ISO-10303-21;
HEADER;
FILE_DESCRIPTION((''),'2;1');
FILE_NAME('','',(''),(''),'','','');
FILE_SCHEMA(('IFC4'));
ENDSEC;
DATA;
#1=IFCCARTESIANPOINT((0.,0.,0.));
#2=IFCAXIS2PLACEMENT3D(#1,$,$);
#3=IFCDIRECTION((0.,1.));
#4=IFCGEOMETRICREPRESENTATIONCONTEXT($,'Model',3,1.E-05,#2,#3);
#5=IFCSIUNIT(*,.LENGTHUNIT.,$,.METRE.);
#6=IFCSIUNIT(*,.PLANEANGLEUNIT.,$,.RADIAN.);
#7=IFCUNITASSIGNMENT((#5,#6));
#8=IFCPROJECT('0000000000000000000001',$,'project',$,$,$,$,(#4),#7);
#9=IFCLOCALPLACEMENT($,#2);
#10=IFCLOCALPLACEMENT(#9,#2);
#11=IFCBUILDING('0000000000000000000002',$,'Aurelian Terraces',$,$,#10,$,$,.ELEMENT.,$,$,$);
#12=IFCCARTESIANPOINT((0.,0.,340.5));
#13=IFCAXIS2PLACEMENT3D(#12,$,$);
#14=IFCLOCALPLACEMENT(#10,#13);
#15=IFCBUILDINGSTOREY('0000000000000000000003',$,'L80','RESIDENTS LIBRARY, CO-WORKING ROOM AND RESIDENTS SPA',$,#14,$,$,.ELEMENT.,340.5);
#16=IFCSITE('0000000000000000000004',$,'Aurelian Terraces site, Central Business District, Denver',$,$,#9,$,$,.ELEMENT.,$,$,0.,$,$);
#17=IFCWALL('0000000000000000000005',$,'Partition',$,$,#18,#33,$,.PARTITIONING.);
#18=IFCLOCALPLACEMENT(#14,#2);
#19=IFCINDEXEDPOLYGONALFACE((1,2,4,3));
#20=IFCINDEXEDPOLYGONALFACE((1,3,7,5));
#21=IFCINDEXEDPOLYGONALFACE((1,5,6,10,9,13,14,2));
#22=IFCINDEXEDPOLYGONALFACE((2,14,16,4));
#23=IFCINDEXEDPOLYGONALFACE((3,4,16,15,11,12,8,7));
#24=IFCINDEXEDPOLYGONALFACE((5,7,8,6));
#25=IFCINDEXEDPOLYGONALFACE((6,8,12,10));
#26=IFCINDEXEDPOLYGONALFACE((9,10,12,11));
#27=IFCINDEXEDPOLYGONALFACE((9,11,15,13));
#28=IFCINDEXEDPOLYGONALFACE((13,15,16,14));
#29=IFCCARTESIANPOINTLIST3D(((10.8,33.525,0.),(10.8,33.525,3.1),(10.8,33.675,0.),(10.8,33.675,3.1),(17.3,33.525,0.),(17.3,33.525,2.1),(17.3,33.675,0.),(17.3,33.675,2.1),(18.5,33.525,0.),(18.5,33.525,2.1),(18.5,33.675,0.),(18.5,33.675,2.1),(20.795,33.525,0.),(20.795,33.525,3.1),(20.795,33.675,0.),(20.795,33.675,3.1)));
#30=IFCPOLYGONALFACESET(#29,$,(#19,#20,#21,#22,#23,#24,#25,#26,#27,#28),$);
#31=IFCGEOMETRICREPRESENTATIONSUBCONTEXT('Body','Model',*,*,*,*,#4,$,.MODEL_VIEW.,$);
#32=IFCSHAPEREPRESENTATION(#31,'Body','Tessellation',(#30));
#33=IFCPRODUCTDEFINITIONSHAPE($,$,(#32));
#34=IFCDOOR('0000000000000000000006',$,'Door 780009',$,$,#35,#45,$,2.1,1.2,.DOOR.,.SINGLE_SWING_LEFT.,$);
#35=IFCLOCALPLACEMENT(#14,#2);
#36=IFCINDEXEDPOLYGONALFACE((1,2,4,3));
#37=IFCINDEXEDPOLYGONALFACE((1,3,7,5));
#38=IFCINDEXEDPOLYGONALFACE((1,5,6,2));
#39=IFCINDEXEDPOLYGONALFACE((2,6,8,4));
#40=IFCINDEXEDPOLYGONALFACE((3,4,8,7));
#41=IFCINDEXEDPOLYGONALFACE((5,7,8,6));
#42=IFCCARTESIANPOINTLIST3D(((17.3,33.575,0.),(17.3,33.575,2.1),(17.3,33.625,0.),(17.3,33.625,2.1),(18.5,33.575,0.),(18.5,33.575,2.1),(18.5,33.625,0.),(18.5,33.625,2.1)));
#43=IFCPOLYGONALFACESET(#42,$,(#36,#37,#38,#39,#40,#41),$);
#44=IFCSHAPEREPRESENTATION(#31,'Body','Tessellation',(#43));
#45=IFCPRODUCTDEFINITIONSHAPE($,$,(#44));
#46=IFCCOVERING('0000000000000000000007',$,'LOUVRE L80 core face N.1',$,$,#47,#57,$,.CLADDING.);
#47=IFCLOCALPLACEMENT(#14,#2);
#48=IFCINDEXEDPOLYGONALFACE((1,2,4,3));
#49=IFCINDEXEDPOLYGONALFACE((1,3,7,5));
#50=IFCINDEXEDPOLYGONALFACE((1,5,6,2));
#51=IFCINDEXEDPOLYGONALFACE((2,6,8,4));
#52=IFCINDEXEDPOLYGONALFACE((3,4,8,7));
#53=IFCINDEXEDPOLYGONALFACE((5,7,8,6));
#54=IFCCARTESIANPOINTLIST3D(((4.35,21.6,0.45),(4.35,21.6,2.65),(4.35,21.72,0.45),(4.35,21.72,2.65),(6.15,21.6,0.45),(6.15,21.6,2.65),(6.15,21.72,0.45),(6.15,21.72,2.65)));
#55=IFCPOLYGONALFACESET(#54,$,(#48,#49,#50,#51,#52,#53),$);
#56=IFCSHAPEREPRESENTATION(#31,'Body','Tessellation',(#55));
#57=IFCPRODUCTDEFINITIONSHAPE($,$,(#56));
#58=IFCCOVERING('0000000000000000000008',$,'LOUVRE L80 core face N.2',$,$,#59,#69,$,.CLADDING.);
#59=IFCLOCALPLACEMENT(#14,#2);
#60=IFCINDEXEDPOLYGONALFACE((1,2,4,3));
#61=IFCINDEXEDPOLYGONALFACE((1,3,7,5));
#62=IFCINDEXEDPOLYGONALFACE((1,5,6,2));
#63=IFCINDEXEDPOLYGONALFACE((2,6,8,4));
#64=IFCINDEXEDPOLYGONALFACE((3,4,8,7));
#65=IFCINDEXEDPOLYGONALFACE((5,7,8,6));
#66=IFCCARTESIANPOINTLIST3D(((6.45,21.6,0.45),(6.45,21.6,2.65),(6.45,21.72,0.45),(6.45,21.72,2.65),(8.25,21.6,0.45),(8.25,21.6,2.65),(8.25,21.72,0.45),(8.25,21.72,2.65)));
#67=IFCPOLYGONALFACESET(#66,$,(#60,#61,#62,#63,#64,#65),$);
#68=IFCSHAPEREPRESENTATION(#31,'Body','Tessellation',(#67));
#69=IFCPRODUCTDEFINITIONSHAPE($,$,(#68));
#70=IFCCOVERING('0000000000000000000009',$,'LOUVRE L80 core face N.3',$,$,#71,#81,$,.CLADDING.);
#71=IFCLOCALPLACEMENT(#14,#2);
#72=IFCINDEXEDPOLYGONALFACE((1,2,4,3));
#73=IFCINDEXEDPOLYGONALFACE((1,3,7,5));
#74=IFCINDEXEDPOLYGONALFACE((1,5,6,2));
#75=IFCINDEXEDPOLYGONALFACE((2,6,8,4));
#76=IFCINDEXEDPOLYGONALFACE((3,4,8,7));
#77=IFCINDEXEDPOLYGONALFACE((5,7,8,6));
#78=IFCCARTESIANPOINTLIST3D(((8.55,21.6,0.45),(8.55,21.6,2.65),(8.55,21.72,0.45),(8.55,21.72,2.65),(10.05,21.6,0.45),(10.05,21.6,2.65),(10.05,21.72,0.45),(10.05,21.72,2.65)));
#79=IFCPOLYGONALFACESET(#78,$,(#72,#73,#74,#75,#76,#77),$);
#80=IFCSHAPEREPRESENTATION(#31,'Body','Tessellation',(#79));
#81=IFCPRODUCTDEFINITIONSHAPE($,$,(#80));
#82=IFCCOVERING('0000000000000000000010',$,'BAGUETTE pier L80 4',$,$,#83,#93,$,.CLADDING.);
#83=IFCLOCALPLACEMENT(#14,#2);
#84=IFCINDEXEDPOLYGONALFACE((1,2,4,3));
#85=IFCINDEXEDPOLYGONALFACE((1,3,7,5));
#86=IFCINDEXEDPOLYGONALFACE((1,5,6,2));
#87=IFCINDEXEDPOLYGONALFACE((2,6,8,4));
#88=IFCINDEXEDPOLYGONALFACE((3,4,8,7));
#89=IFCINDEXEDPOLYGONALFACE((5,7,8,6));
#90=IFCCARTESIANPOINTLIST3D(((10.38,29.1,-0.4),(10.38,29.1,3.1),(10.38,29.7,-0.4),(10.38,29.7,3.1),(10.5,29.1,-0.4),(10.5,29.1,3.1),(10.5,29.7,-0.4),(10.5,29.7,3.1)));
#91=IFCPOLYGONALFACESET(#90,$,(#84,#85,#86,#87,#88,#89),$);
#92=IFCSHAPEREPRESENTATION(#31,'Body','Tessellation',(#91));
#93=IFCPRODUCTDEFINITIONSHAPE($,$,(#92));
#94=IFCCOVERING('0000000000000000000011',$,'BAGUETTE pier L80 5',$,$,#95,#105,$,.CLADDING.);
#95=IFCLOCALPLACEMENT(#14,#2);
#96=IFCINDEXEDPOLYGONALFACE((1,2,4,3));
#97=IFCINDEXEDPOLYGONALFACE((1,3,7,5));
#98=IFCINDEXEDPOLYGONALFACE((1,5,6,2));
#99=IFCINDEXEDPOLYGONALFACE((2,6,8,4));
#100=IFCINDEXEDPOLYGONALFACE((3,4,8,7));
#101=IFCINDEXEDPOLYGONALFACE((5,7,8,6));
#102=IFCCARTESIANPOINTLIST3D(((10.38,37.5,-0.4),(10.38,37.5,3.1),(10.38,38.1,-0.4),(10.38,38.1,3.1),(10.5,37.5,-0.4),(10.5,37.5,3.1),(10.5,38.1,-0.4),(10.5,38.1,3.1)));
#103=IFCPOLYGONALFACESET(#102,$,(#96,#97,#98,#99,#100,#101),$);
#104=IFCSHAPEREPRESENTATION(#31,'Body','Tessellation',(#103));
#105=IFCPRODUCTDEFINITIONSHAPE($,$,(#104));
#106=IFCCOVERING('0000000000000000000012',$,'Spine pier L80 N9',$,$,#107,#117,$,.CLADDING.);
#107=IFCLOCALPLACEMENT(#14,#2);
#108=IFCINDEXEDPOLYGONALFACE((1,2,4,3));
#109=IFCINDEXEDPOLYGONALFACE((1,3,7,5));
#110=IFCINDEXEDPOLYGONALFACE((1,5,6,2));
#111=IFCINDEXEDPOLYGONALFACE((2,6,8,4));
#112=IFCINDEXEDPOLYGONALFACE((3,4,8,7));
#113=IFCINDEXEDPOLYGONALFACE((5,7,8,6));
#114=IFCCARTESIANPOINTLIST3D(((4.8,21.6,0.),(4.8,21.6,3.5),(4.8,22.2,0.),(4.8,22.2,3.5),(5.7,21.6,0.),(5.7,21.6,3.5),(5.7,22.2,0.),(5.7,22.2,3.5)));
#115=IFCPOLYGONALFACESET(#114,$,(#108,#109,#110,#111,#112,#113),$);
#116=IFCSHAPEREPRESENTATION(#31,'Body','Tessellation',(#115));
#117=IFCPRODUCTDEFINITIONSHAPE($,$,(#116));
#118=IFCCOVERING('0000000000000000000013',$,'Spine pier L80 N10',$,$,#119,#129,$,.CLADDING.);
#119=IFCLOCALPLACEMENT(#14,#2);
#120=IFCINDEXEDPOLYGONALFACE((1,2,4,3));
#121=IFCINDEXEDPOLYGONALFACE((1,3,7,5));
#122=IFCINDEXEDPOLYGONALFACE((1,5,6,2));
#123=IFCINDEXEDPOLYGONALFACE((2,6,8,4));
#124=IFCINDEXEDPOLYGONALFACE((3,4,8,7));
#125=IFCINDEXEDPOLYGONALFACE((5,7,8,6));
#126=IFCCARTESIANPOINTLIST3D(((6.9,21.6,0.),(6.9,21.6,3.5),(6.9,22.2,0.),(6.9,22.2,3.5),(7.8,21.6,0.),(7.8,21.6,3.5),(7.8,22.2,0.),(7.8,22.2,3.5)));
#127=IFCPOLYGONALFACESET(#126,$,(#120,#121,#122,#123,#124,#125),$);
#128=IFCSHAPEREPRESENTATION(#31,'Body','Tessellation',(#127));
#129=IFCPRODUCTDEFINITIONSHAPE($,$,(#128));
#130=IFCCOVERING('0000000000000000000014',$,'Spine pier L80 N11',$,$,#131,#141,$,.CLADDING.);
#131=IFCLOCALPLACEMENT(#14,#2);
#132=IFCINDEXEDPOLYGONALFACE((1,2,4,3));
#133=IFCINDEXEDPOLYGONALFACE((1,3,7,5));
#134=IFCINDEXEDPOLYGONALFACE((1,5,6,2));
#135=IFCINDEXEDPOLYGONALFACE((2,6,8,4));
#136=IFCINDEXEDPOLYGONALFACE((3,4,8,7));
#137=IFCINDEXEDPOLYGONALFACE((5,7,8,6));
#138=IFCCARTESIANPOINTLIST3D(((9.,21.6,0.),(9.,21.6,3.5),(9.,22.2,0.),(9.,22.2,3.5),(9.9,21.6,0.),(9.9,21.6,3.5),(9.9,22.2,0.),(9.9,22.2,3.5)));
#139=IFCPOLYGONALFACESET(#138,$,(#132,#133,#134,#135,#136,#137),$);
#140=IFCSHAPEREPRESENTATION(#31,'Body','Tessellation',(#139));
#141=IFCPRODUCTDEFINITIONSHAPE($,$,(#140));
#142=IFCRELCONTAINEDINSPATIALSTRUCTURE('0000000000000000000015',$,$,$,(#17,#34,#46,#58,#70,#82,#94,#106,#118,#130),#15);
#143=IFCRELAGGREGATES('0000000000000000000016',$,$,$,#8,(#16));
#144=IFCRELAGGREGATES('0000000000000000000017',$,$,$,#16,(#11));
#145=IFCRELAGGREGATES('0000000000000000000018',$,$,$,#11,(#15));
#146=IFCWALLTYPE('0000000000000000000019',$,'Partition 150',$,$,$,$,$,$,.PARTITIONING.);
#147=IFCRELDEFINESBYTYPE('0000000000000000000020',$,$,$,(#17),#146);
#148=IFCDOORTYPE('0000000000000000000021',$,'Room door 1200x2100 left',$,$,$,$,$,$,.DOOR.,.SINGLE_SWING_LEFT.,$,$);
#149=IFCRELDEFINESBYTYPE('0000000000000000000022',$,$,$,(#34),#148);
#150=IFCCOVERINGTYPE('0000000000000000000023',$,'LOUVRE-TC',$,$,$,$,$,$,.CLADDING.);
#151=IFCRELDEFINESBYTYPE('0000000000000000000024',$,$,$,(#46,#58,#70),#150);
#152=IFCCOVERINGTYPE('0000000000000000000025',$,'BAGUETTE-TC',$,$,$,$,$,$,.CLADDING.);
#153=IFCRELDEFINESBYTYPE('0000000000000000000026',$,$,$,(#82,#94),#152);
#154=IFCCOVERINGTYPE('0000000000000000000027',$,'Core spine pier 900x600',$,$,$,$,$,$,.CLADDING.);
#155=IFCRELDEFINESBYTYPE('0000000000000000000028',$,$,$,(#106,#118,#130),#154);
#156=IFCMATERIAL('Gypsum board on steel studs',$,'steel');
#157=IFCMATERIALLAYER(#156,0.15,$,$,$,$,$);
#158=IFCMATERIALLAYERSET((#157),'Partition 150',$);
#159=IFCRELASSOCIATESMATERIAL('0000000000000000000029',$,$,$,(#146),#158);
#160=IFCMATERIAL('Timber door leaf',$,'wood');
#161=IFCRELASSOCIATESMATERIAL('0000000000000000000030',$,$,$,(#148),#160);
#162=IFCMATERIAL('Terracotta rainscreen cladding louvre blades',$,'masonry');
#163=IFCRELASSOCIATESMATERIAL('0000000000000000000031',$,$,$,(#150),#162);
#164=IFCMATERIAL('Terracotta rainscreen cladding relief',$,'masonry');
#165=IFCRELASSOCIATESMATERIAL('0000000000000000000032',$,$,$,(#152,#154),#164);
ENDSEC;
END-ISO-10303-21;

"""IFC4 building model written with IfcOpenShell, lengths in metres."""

from ifc_helpers import new_model, si_unit, direction, frame, frame_2d, origin, origin_2d, place, context, subcontext, project, spatial, rectangle, extrude, source, transform, mapped, material, layer, layer_set, type_object, element, fill, save


model = new_model("IFC4")

# Units and contexts
model_context = context("Model", 3, precision=1e-05, world=origin(), true_north=direction((0.0, 1.0)))
body_context = subcontext(model_context, "Body", "Model", "MODEL_VIEW")
ifc_project = project(units=[si_unit("LENGTHUNIT", "METRE"), si_unit("PLANEANGLEUNIT", "RADIAN")], contexts=[model_context])

# Site, building, storey
site_placement = place(None, origin())
site = spatial("IfcSite", under=ifc_project, at=site_placement, Name="Aurelian Terraces site, Central Business District, Denver", CompositionType="ELEMENT", RefElevation=0.0)
building_placement = place(site_placement, origin())
building = spatial("IfcBuilding", under=site, at=building_placement, Name="Aurelian Terraces", CompositionType="ELEMENT")
storey_placement = place(building_placement, frame((0.0, 0.0, 340.5)))
storey = spatial("IfcBuildingStorey", under=building, at=storey_placement, Name="L80", Description="RESIDENTS LIBRARY, CO-WORKING ROOM AND RESIDENTS SPA", CompositionType="ELEMENT", Elevation=340.5)

# Shared definitions
shared_shape_1 = source(origin(), body_context, "Body", "SweptSolid", [
    extrude(rectangle(XDim=1.2, YDim=2.1, at=frame_2d((0.6, 1.05))), frame((0.0, 0.025, 0.0), z_axis=(0.0, -1.0, 0.0), x_axis=(1.0, 0.0, 0.0)), (0.0, 0.0, 1.0), 0.05),
])

# Shared definitions
ifc_material_1 = material(Name="Gypsum board on steel studs", Category="steel")

# Wall, opening, door
ifc_layer_1 = layer(ifc_material_1, 0.15)
ifc_layer_set_1 = layer_set([ifc_layer_1], Name="Partition 150")
wall_type_1 = type_object("IfcWallType", Name="Partition 150", PredefinedType="PARTITIONING", material=ifc_layer_set_1)
shared_shape_2 = source(origin(), body_context, "Body", "SweptSolid", [
    extrude(rectangle(XDim=9.995, YDim=0.15, at=frame_2d((4.9975, 0.0))), origin(), (0.0, 0.0, 1.0), 3.1),
])
wall_1_placement = place(storey_placement, frame((10.8, 33.6, 0.0), z_axis=(0.0, 0.0, 1.0), x_axis=(1.0, 0.0, 0.0)))
wall_1 = element("IfcWall", 1, at=wall_1_placement, inside=storey, type_object=wall_type_1, Name="Partition", PredefinedType="PARTITIONING", context=body_context, shape_type="MappedRepresentation", body=[
    mapped(shared_shape_2, transform((0.0, 0.0, 0.0), scale=1.0)),
])
shared_shape_3 = source(origin(), body_context, "Body", "SweptSolid", [
    extrude(rectangle(XDim=1.2, YDim=2.1, at=frame_2d((0.6, 1.05))), frame((0.0, 0.085, 0.0), z_axis=(0.0, -1.0, 0.0), x_axis=(1.0, 0.0, 0.0)), (0.0, 0.0, 1.0), 0.17),
])
opening_1_placement = place(wall_1_placement, frame((6.5, 0.0, 0.0)))
opening_1 = element("IfcOpeningElement", 2, at=opening_1_placement, cuts=wall_1, PredefinedType="OPENING", context=body_context, shape_type="MappedRepresentation", body=[
    mapped(shared_shape_3, transform((0.0, 0.0, 0.0), scale=1.0)),
])
ifc_material_2 = material(Name="Timber door leaf", Category="wood")
door_type_1 = type_object("IfcDoorType", Name="Room door 1200x2100 left", OperationType="SINGLE_SWING_LEFT", PredefinedType="DOOR", material=ifc_material_2)
door_1_placement = place(opening_1_placement, origin())
door_1 = element("IfcDoor", 3, at=door_1_placement, inside=storey, type_object=door_type_1, Name="Door 780009", OperationType="SINGLE_SWING_LEFT", OverallHeight=2.1, OverallWidth=1.2, PredefinedType="DOOR", context=body_context, shape_type="MappedRepresentation", body=[
    mapped(shared_shape_1, transform((0.0, 0.0, 0.0), scale=1.0)),
])
fill(opening_1, door_1)

# Coverings
ifc_material_3 = material(Name="Terracotta rainscreen cladding louvre blades", Category="masonry")
covering_type_1 = type_object("IfcCoveringType", Name="LOUVRE-TC", PredefinedType="CLADDING", material=ifc_material_3)
shared_shape_4 = source(origin(), body_context, "Body", "SweptSolid", [
    extrude(rectangle(XDim=1.8, YDim=0.12, at=origin_2d()), origin(), (0.0, 0.0, 1.0), 2.2),
])
for number, where, z_axis, x_axis, name in (
    (4, (5.25, 21.66, 0.45), (0.0, 0.0, 1.0), (1.0, 0.0, 0.0), "LOUVRE L80 core face N.1"),
    (5, (7.35, 21.66, 0.45), (0.0, 0.0, 1.0), (1.0, 0.0, 0.0), "LOUVRE L80 core face N.2"),
):
    element("IfcCovering", number, at=place(storey_placement, frame(where, z_axis=z_axis, x_axis=x_axis)), inside=storey, type_object=covering_type_1, Name=name, PredefinedType="CLADDING", context=body_context, shape_type="MappedRepresentation", body=[
        mapped(shared_shape_4, transform((0.0, 0.0, 0.0), scale=1.0)),
    ])
shared_shape_5 = source(origin(), body_context, "Body", "SweptSolid", [
    extrude(rectangle(XDim=1.5, YDim=0.12, at=origin_2d()), origin(), (0.0, 0.0, 1.0), 2.2),
])
covering_placement = place(storey_placement, frame((9.3, 21.66, 0.45), z_axis=(0.0, 0.0, 1.0), x_axis=(1.0, 0.0, 0.0)))
element("IfcCovering", 6, at=covering_placement, inside=storey, type_object=covering_type_1, Name="LOUVRE L80 core face N.3", PredefinedType="CLADDING", context=body_context, shape_type="MappedRepresentation", body=[
    mapped(shared_shape_5, transform((0.0, 0.0, 0.0), scale=1.0)),
])
ifc_material_4 = material(Name="Terracotta rainscreen cladding relief", Category="masonry")
covering_type_2 = type_object("IfcCoveringType", Name="BAGUETTE-TC", PredefinedType="CLADDING", material=ifc_material_4)
shared_shape_6 = source(origin(), body_context, "Body", "SweptSolid", [
    extrude(rectangle(XDim=0.12, YDim=0.6, at=origin_2d()), origin(), (0.0, 0.0, 1.0), 3.5),
])
for number, where, z_axis, x_axis, name in (
    (7, (10.44, 29.4, -0.4), (0.0, 0.0, 1.0), (1.0, 0.0, 0.0), "BAGUETTE pier L80 4"),
    (8, (10.44, 37.8, -0.4), (0.0, 0.0, 1.0), (1.0, 0.0, 0.0), "BAGUETTE pier L80 5"),
):
    element("IfcCovering", number, at=place(storey_placement, frame(where, z_axis=z_axis, x_axis=x_axis)), inside=storey, type_object=covering_type_2, Name=name, PredefinedType="CLADDING", context=body_context, shape_type="MappedRepresentation", body=[
        mapped(shared_shape_6, transform((0.0, 0.0, 0.0), scale=1.0)),
    ])
covering_type_3 = type_object("IfcCoveringType", Name="Core spine pier 900x600", PredefinedType="CLADDING", material=ifc_material_4)
shared_shape_7 = source(origin(), body_context, "Body", "SweptSolid", [
    extrude(rectangle(XDim=0.9, YDim=0.6, at=origin_2d()), origin(), (0.0, 0.0, 1.0), 3.5),
])
for number, where, z_axis, x_axis, name in (
    (9, (5.25, 21.9, 0.0), (0.0, 0.0, 1.0), (1.0, 0.0, 0.0), "Spine pier L80 N9"),
    (10, (7.35, 21.9, 0.0), (0.0, 0.0, 1.0), (1.0, 0.0, 0.0), "Spine pier L80 N10"),
    (11, (9.45, 21.9, 0.0), (0.0, 0.0, 1.0), (1.0, 0.0, 0.0), "Spine pier L80 N11"),
):
    element("IfcCovering", number, at=place(storey_placement, frame(where, z_axis=z_axis, x_axis=x_axis)), inside=storey, type_object=covering_type_3, Name=name, PredefinedType="CLADDING", context=body_context, shape_type="MappedRepresentation", body=[
        mapped(shared_shape_7, transform((0.0, 0.0, 0.0), scale=1.0)),
    ])

save(model, "model.ifc")
